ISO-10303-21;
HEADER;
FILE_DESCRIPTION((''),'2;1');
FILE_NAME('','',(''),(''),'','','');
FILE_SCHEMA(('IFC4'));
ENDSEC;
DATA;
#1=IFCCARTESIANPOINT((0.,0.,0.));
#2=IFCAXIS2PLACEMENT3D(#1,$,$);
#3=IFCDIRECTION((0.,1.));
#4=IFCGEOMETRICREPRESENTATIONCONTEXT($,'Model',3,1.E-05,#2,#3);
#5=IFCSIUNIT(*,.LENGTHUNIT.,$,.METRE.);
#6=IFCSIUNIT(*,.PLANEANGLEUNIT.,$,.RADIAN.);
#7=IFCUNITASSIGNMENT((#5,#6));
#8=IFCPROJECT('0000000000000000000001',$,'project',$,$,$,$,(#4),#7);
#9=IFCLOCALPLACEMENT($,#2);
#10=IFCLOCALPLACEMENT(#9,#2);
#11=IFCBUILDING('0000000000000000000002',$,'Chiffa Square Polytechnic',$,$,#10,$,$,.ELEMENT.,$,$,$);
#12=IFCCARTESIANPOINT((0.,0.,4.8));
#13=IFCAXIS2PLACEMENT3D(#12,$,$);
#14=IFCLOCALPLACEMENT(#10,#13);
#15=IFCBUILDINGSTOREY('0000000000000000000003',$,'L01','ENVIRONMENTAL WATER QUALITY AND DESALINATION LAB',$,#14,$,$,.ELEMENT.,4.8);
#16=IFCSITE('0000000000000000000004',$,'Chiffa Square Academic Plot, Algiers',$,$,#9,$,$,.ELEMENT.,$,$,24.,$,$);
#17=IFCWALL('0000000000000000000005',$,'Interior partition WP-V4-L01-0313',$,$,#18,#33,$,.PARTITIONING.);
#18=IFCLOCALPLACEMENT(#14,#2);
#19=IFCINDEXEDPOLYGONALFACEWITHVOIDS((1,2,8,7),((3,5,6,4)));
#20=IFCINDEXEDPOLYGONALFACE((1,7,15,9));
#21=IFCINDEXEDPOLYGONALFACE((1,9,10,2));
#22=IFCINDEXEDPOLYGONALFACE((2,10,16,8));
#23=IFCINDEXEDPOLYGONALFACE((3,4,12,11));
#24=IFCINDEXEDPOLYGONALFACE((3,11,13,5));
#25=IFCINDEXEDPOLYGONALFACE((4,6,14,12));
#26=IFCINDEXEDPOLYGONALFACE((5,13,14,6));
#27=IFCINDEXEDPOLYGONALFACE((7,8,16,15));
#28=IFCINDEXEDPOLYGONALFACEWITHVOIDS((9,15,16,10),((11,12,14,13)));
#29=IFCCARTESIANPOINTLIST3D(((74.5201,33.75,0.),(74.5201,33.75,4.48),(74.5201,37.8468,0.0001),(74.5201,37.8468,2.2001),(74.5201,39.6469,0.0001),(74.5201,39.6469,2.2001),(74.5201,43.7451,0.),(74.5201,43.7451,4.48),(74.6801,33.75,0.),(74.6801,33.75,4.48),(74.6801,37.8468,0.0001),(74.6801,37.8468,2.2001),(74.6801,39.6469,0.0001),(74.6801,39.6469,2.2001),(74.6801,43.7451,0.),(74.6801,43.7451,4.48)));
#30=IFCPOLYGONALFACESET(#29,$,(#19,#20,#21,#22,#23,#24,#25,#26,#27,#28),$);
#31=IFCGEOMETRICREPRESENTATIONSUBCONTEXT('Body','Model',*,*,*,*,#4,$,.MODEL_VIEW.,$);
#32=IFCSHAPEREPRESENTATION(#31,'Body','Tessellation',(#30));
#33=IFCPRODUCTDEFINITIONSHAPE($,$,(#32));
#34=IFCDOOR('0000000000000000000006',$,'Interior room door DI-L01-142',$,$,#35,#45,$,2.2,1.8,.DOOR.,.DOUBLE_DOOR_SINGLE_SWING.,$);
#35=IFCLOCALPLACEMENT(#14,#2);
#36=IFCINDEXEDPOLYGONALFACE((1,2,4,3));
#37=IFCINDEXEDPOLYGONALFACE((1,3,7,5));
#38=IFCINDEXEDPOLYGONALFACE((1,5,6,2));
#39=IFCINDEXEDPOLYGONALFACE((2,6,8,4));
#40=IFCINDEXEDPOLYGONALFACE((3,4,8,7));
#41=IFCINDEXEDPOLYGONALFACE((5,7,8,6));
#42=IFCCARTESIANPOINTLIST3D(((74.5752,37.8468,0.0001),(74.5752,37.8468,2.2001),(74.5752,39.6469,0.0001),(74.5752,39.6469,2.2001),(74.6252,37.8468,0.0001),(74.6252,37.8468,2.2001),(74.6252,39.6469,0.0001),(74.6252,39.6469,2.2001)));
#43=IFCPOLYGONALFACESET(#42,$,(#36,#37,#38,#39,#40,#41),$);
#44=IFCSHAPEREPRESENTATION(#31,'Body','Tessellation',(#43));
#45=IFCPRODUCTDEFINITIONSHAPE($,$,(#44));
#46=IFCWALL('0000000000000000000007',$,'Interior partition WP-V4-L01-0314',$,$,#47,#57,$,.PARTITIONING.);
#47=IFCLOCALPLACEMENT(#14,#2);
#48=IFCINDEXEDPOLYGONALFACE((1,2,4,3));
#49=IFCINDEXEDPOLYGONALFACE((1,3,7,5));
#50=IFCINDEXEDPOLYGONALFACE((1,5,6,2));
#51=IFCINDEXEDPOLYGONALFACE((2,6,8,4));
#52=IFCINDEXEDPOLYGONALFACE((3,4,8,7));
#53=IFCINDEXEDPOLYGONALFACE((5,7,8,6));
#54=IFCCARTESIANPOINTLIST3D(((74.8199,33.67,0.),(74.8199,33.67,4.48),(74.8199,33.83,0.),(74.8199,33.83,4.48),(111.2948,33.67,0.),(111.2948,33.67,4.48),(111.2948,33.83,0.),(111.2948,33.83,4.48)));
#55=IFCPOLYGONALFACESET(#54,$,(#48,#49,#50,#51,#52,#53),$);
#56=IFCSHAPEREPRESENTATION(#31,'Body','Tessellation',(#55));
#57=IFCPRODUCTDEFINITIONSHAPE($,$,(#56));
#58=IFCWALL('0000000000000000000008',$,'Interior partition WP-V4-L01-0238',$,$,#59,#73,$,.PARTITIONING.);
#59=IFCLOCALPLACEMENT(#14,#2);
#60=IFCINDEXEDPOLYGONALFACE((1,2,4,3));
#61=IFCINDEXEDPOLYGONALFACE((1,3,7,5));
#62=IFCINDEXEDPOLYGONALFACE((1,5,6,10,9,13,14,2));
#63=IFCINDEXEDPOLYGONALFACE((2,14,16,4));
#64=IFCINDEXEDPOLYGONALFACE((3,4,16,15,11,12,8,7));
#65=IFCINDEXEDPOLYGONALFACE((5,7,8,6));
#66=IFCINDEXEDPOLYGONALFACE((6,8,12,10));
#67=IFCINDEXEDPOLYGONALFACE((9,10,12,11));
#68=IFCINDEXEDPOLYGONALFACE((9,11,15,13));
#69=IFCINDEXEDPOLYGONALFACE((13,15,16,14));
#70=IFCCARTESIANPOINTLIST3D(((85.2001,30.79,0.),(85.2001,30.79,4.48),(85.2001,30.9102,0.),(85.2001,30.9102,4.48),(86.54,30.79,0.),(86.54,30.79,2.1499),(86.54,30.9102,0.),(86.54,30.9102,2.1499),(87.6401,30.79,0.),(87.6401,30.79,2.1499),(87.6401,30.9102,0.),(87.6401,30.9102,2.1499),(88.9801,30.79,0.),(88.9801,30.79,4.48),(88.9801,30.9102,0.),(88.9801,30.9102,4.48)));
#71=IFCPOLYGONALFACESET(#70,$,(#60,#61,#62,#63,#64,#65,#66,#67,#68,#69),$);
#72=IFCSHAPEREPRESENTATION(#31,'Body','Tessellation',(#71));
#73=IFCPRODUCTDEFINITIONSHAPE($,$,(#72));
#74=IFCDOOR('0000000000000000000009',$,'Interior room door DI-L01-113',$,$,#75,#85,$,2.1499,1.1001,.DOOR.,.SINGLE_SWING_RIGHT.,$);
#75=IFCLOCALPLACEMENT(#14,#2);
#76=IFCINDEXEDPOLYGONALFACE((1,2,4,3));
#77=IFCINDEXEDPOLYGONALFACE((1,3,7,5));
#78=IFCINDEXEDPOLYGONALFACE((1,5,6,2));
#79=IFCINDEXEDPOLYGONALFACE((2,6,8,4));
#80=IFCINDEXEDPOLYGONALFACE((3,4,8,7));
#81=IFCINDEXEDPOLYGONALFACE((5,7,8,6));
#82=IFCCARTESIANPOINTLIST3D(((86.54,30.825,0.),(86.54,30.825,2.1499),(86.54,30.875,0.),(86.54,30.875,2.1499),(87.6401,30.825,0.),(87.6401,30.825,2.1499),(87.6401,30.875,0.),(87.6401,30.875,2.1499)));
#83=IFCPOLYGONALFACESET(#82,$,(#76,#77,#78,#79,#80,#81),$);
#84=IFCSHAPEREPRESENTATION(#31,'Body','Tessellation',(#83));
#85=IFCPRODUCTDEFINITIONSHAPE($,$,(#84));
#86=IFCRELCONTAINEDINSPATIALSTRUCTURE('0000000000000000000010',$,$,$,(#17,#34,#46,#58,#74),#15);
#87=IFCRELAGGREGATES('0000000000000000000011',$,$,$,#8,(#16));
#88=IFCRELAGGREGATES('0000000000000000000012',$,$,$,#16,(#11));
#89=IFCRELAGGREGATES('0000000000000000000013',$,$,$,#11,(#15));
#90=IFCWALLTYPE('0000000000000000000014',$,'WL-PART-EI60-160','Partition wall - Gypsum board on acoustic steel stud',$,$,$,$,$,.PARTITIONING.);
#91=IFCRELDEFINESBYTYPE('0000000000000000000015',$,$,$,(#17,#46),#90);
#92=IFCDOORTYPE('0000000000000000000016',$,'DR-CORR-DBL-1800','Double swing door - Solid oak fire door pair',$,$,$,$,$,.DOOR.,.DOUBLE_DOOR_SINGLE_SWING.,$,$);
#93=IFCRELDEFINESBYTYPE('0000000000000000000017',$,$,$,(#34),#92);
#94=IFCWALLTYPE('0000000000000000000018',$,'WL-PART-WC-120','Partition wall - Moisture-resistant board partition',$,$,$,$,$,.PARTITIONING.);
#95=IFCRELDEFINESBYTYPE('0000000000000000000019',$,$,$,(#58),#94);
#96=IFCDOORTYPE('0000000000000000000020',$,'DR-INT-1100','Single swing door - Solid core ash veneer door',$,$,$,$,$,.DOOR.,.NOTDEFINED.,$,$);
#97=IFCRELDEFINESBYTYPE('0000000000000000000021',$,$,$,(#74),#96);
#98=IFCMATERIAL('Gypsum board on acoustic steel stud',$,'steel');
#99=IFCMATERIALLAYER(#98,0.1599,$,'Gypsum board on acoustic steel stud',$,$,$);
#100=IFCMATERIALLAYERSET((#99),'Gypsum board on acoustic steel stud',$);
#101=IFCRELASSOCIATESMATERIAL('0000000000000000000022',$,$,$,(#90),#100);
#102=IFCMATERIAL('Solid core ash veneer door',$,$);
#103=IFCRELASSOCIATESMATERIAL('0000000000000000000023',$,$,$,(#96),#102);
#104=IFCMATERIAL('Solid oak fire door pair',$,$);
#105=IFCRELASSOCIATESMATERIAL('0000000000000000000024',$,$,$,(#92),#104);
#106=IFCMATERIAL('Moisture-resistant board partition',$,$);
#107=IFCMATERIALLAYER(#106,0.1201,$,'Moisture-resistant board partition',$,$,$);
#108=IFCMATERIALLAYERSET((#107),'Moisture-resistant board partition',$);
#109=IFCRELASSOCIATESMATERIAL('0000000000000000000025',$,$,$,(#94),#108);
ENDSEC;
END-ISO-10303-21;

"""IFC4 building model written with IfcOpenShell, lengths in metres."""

from ifc_helpers import new_model, si_unit, direction, frame, frame_2d, origin, place, context, subcontext, project, spatial, rectangle, extrude, material, layer, layer_set, type_object, element, fill, save


model = new_model("IFC4")

# Units and contexts
model_context = context("Model", 3, precision=1e-05, world=origin(), true_north=direction((0.0, 1.0)))
body_context = subcontext(model_context, "Body", "Model", "MODEL_VIEW")
ifc_project = project(units=[si_unit("LENGTHUNIT", "METRE"), si_unit("PLANEANGLEUNIT", "RADIAN")], contexts=[model_context])

# Site, building, storey
site_placement = place(None, origin())
site = spatial("IfcSite", under=ifc_project, at=site_placement, Name="Chiffa Square Academic Plot, Algiers", CompositionType="ELEMENT", RefElevation=24.0)
building_placement = place(site_placement, origin())
building = spatial("IfcBuilding", under=site, at=building_placement, Name="Chiffa Square Polytechnic", CompositionType="ELEMENT")
storey_placement = place(building_placement, frame((0.0, 0.0, 4.8)))
storey = spatial("IfcBuildingStorey", under=building, at=storey_placement, Name="L01", Description="ENVIRONMENTAL WATER QUALITY AND DESALINATION LAB", CompositionType="ELEMENT", Elevation=4.8)

# Shared definitions
ifc_material_1 = material(Name="Gypsum board on acoustic steel stud", Category="steel")
ifc_layer_1 = layer(ifc_material_1, 0.1599, Name="Gypsum board on acoustic steel stud")
ifc_layer_set_1 = layer_set([ifc_layer_1], Name="Gypsum board on acoustic steel stud")
wall_type_1 = type_object("IfcWallType", Name="WL-PART-EI60-160", Description="Partition wall - Gypsum board on acoustic steel stud", PredefinedType="PARTITIONING", material=ifc_layer_set_1)
ifc_material_2 = material(Name="Solid core ash veneer door")
door_type_1 = type_object("IfcDoorType", Name="DR-INT-1100", Description="Single swing door - Solid core ash veneer door", OperationType="NOTDEFINED", PredefinedType="DOOR", material=ifc_material_2)

# Wall, opening, door
wall_1_placement = place(storey_placement, frame((74.6001, 33.75, 0.0), z_axis=(0.0, 0.0, 1.0), x_axis=(0.0, 1.0, 0.0)))
wall_1 = element("IfcWall", 1, at=wall_1_placement, inside=storey, type_object=wall_type_1, Name="Interior partition WP-V4-L01-0313", PredefinedType="PARTITIONING", context=body_context, shape_type="SweptSolid", body=[
    extrude(rectangle(XDim=9.9951, YDim=0.1599, at=frame_2d((4.9976, 0.0))), origin(), (0.0, 0.0, 1.0), 4.48),
])
opening_1_placement = place(wall_1_placement, frame((4.0969, 0.0, 0.0)))
opening_1 = element("IfcOpeningElement", 2, at=opening_1_placement, cuts=wall_1, PredefinedType="OPENING", context=body_context, shape_type="SweptSolid", body=[
    extrude(rectangle(XDim=1.8, YDim=2.2, at=frame_2d((0.8999, 1.1001))), frame((0.0, 0.0898, 0.0), z_axis=(0.0, -1.0, 0.0), x_axis=(1.0, 0.0, 0.0)), (0.0, 0.0, 1.0), 0.1799),
])
ifc_material_3 = material(Name="Solid oak fire door pair")
door_type_2 = type_object("IfcDoorType", Name="DR-CORR-DBL-1800", Description="Double swing door - Solid oak fire door pair", OperationType="DOUBLE_DOOR_SINGLE_SWING", PredefinedType="DOOR", material=ifc_material_3)
door_1_placement = place(opening_1_placement, origin())
door_1 = element("IfcDoor", 3, at=door_1_placement, inside=storey, type_object=door_type_2, Name="Interior room door DI-L01-142", OperationType="DOUBLE_DOOR_SINGLE_SWING", OverallHeight=2.2, OverallWidth=1.8, PredefinedType="DOOR", context=body_context, shape_type="SweptSolid", body=[
    extrude(rectangle(XDim=1.8, YDim=2.2, at=frame_2d((0.8999, 1.1001))), frame((0.0, 0.0249, 0.0), z_axis=(0.0, -1.0, 0.0), x_axis=(1.0, 0.0, 0.0)), (0.0, 0.0, 1.0), 0.05),
])
fill(opening_1, door_1)

# Wall
wall_2_placement = place(storey_placement, frame((74.8201, 33.75, 0.0), z_axis=(0.0, 0.0, 1.0), x_axis=(1.0, 0.0, 0.0)))
element("IfcWall", 4, at=wall_2_placement, inside=storey, type_object=wall_type_1, Name="Interior partition WP-V4-L01-0314", PredefinedType="PARTITIONING", context=body_context, shape_type="SweptSolid", body=[
    extrude(rectangle(XDim=36.4749, YDim=0.1599, at=frame_2d((18.2373, 0.0))), origin(), (0.0, 0.0, 1.0), 4.48),
])

# Wall, opening, door
ifc_material_4 = material(Name="Moisture-resistant board partition")
ifc_layer_2 = layer(ifc_material_4, 0.1201, Name="Moisture-resistant board partition")
ifc_layer_set_2 = layer_set([ifc_layer_2], Name="Moisture-resistant board partition")
wall_type_2 = type_object("IfcWallType", Name="WL-PART-WC-120", Description="Partition wall - Moisture-resistant board partition", PredefinedType="PARTITIONING", material=ifc_layer_set_2)
wall_3_placement = place(storey_placement, frame((85.2, 30.8501, 0.0), z_axis=(0.0, 0.0, 1.0), x_axis=(1.0, 0.0, 0.0)))
wall_3 = element("IfcWall", 5, at=wall_3_placement, inside=storey, type_object=wall_type_2, Name="Interior partition WP-V4-L01-0238", PredefinedType="PARTITIONING", context=body_context, shape_type="SweptSolid", body=[
    extrude(rectangle(XDim=3.78, YDim=0.1201, at=frame_2d((1.8901, 0.0))), origin(), (0.0, 0.0, 1.0), 4.48),
])
opening_2_placement = place(wall_3_placement, frame((1.3401, 0.0, 0.0)))
opening_2 = element("IfcOpeningElement", 6, at=opening_2_placement, cuts=wall_3, PredefinedType="OPENING", context=body_context, shape_type="SweptSolid", body=[
    extrude(rectangle(XDim=1.1001, YDim=2.1499, at=frame_2d((0.55, 1.075))), frame((0.0, 0.0701, 0.0), z_axis=(0.0, -1.0, 0.0), x_axis=(1.0, 0.0, 0.0)), (0.0, 0.0, 1.0), 0.1401),
])
door_2_placement = place(opening_2_placement, origin())
door_2 = element("IfcDoor", 7, at=door_2_placement, inside=storey, type_object=door_type_1, Name="Interior room door DI-L01-113", OperationType="SINGLE_SWING_RIGHT", OverallHeight=2.1499, OverallWidth=1.1001, PredefinedType="DOOR", context=body_context, shape_type="SweptSolid", body=[
    extrude(rectangle(XDim=1.1001, YDim=2.1499, at=frame_2d((0.55, 1.075))), frame((0.0, 0.0249, 0.0), z_axis=(0.0, -1.0, 0.0), x_axis=(1.0, 0.0, 0.0)), (0.0, 0.0, 1.0), 0.05),
])
fill(opening_2, door_2)

save(model, "model.ifc")
